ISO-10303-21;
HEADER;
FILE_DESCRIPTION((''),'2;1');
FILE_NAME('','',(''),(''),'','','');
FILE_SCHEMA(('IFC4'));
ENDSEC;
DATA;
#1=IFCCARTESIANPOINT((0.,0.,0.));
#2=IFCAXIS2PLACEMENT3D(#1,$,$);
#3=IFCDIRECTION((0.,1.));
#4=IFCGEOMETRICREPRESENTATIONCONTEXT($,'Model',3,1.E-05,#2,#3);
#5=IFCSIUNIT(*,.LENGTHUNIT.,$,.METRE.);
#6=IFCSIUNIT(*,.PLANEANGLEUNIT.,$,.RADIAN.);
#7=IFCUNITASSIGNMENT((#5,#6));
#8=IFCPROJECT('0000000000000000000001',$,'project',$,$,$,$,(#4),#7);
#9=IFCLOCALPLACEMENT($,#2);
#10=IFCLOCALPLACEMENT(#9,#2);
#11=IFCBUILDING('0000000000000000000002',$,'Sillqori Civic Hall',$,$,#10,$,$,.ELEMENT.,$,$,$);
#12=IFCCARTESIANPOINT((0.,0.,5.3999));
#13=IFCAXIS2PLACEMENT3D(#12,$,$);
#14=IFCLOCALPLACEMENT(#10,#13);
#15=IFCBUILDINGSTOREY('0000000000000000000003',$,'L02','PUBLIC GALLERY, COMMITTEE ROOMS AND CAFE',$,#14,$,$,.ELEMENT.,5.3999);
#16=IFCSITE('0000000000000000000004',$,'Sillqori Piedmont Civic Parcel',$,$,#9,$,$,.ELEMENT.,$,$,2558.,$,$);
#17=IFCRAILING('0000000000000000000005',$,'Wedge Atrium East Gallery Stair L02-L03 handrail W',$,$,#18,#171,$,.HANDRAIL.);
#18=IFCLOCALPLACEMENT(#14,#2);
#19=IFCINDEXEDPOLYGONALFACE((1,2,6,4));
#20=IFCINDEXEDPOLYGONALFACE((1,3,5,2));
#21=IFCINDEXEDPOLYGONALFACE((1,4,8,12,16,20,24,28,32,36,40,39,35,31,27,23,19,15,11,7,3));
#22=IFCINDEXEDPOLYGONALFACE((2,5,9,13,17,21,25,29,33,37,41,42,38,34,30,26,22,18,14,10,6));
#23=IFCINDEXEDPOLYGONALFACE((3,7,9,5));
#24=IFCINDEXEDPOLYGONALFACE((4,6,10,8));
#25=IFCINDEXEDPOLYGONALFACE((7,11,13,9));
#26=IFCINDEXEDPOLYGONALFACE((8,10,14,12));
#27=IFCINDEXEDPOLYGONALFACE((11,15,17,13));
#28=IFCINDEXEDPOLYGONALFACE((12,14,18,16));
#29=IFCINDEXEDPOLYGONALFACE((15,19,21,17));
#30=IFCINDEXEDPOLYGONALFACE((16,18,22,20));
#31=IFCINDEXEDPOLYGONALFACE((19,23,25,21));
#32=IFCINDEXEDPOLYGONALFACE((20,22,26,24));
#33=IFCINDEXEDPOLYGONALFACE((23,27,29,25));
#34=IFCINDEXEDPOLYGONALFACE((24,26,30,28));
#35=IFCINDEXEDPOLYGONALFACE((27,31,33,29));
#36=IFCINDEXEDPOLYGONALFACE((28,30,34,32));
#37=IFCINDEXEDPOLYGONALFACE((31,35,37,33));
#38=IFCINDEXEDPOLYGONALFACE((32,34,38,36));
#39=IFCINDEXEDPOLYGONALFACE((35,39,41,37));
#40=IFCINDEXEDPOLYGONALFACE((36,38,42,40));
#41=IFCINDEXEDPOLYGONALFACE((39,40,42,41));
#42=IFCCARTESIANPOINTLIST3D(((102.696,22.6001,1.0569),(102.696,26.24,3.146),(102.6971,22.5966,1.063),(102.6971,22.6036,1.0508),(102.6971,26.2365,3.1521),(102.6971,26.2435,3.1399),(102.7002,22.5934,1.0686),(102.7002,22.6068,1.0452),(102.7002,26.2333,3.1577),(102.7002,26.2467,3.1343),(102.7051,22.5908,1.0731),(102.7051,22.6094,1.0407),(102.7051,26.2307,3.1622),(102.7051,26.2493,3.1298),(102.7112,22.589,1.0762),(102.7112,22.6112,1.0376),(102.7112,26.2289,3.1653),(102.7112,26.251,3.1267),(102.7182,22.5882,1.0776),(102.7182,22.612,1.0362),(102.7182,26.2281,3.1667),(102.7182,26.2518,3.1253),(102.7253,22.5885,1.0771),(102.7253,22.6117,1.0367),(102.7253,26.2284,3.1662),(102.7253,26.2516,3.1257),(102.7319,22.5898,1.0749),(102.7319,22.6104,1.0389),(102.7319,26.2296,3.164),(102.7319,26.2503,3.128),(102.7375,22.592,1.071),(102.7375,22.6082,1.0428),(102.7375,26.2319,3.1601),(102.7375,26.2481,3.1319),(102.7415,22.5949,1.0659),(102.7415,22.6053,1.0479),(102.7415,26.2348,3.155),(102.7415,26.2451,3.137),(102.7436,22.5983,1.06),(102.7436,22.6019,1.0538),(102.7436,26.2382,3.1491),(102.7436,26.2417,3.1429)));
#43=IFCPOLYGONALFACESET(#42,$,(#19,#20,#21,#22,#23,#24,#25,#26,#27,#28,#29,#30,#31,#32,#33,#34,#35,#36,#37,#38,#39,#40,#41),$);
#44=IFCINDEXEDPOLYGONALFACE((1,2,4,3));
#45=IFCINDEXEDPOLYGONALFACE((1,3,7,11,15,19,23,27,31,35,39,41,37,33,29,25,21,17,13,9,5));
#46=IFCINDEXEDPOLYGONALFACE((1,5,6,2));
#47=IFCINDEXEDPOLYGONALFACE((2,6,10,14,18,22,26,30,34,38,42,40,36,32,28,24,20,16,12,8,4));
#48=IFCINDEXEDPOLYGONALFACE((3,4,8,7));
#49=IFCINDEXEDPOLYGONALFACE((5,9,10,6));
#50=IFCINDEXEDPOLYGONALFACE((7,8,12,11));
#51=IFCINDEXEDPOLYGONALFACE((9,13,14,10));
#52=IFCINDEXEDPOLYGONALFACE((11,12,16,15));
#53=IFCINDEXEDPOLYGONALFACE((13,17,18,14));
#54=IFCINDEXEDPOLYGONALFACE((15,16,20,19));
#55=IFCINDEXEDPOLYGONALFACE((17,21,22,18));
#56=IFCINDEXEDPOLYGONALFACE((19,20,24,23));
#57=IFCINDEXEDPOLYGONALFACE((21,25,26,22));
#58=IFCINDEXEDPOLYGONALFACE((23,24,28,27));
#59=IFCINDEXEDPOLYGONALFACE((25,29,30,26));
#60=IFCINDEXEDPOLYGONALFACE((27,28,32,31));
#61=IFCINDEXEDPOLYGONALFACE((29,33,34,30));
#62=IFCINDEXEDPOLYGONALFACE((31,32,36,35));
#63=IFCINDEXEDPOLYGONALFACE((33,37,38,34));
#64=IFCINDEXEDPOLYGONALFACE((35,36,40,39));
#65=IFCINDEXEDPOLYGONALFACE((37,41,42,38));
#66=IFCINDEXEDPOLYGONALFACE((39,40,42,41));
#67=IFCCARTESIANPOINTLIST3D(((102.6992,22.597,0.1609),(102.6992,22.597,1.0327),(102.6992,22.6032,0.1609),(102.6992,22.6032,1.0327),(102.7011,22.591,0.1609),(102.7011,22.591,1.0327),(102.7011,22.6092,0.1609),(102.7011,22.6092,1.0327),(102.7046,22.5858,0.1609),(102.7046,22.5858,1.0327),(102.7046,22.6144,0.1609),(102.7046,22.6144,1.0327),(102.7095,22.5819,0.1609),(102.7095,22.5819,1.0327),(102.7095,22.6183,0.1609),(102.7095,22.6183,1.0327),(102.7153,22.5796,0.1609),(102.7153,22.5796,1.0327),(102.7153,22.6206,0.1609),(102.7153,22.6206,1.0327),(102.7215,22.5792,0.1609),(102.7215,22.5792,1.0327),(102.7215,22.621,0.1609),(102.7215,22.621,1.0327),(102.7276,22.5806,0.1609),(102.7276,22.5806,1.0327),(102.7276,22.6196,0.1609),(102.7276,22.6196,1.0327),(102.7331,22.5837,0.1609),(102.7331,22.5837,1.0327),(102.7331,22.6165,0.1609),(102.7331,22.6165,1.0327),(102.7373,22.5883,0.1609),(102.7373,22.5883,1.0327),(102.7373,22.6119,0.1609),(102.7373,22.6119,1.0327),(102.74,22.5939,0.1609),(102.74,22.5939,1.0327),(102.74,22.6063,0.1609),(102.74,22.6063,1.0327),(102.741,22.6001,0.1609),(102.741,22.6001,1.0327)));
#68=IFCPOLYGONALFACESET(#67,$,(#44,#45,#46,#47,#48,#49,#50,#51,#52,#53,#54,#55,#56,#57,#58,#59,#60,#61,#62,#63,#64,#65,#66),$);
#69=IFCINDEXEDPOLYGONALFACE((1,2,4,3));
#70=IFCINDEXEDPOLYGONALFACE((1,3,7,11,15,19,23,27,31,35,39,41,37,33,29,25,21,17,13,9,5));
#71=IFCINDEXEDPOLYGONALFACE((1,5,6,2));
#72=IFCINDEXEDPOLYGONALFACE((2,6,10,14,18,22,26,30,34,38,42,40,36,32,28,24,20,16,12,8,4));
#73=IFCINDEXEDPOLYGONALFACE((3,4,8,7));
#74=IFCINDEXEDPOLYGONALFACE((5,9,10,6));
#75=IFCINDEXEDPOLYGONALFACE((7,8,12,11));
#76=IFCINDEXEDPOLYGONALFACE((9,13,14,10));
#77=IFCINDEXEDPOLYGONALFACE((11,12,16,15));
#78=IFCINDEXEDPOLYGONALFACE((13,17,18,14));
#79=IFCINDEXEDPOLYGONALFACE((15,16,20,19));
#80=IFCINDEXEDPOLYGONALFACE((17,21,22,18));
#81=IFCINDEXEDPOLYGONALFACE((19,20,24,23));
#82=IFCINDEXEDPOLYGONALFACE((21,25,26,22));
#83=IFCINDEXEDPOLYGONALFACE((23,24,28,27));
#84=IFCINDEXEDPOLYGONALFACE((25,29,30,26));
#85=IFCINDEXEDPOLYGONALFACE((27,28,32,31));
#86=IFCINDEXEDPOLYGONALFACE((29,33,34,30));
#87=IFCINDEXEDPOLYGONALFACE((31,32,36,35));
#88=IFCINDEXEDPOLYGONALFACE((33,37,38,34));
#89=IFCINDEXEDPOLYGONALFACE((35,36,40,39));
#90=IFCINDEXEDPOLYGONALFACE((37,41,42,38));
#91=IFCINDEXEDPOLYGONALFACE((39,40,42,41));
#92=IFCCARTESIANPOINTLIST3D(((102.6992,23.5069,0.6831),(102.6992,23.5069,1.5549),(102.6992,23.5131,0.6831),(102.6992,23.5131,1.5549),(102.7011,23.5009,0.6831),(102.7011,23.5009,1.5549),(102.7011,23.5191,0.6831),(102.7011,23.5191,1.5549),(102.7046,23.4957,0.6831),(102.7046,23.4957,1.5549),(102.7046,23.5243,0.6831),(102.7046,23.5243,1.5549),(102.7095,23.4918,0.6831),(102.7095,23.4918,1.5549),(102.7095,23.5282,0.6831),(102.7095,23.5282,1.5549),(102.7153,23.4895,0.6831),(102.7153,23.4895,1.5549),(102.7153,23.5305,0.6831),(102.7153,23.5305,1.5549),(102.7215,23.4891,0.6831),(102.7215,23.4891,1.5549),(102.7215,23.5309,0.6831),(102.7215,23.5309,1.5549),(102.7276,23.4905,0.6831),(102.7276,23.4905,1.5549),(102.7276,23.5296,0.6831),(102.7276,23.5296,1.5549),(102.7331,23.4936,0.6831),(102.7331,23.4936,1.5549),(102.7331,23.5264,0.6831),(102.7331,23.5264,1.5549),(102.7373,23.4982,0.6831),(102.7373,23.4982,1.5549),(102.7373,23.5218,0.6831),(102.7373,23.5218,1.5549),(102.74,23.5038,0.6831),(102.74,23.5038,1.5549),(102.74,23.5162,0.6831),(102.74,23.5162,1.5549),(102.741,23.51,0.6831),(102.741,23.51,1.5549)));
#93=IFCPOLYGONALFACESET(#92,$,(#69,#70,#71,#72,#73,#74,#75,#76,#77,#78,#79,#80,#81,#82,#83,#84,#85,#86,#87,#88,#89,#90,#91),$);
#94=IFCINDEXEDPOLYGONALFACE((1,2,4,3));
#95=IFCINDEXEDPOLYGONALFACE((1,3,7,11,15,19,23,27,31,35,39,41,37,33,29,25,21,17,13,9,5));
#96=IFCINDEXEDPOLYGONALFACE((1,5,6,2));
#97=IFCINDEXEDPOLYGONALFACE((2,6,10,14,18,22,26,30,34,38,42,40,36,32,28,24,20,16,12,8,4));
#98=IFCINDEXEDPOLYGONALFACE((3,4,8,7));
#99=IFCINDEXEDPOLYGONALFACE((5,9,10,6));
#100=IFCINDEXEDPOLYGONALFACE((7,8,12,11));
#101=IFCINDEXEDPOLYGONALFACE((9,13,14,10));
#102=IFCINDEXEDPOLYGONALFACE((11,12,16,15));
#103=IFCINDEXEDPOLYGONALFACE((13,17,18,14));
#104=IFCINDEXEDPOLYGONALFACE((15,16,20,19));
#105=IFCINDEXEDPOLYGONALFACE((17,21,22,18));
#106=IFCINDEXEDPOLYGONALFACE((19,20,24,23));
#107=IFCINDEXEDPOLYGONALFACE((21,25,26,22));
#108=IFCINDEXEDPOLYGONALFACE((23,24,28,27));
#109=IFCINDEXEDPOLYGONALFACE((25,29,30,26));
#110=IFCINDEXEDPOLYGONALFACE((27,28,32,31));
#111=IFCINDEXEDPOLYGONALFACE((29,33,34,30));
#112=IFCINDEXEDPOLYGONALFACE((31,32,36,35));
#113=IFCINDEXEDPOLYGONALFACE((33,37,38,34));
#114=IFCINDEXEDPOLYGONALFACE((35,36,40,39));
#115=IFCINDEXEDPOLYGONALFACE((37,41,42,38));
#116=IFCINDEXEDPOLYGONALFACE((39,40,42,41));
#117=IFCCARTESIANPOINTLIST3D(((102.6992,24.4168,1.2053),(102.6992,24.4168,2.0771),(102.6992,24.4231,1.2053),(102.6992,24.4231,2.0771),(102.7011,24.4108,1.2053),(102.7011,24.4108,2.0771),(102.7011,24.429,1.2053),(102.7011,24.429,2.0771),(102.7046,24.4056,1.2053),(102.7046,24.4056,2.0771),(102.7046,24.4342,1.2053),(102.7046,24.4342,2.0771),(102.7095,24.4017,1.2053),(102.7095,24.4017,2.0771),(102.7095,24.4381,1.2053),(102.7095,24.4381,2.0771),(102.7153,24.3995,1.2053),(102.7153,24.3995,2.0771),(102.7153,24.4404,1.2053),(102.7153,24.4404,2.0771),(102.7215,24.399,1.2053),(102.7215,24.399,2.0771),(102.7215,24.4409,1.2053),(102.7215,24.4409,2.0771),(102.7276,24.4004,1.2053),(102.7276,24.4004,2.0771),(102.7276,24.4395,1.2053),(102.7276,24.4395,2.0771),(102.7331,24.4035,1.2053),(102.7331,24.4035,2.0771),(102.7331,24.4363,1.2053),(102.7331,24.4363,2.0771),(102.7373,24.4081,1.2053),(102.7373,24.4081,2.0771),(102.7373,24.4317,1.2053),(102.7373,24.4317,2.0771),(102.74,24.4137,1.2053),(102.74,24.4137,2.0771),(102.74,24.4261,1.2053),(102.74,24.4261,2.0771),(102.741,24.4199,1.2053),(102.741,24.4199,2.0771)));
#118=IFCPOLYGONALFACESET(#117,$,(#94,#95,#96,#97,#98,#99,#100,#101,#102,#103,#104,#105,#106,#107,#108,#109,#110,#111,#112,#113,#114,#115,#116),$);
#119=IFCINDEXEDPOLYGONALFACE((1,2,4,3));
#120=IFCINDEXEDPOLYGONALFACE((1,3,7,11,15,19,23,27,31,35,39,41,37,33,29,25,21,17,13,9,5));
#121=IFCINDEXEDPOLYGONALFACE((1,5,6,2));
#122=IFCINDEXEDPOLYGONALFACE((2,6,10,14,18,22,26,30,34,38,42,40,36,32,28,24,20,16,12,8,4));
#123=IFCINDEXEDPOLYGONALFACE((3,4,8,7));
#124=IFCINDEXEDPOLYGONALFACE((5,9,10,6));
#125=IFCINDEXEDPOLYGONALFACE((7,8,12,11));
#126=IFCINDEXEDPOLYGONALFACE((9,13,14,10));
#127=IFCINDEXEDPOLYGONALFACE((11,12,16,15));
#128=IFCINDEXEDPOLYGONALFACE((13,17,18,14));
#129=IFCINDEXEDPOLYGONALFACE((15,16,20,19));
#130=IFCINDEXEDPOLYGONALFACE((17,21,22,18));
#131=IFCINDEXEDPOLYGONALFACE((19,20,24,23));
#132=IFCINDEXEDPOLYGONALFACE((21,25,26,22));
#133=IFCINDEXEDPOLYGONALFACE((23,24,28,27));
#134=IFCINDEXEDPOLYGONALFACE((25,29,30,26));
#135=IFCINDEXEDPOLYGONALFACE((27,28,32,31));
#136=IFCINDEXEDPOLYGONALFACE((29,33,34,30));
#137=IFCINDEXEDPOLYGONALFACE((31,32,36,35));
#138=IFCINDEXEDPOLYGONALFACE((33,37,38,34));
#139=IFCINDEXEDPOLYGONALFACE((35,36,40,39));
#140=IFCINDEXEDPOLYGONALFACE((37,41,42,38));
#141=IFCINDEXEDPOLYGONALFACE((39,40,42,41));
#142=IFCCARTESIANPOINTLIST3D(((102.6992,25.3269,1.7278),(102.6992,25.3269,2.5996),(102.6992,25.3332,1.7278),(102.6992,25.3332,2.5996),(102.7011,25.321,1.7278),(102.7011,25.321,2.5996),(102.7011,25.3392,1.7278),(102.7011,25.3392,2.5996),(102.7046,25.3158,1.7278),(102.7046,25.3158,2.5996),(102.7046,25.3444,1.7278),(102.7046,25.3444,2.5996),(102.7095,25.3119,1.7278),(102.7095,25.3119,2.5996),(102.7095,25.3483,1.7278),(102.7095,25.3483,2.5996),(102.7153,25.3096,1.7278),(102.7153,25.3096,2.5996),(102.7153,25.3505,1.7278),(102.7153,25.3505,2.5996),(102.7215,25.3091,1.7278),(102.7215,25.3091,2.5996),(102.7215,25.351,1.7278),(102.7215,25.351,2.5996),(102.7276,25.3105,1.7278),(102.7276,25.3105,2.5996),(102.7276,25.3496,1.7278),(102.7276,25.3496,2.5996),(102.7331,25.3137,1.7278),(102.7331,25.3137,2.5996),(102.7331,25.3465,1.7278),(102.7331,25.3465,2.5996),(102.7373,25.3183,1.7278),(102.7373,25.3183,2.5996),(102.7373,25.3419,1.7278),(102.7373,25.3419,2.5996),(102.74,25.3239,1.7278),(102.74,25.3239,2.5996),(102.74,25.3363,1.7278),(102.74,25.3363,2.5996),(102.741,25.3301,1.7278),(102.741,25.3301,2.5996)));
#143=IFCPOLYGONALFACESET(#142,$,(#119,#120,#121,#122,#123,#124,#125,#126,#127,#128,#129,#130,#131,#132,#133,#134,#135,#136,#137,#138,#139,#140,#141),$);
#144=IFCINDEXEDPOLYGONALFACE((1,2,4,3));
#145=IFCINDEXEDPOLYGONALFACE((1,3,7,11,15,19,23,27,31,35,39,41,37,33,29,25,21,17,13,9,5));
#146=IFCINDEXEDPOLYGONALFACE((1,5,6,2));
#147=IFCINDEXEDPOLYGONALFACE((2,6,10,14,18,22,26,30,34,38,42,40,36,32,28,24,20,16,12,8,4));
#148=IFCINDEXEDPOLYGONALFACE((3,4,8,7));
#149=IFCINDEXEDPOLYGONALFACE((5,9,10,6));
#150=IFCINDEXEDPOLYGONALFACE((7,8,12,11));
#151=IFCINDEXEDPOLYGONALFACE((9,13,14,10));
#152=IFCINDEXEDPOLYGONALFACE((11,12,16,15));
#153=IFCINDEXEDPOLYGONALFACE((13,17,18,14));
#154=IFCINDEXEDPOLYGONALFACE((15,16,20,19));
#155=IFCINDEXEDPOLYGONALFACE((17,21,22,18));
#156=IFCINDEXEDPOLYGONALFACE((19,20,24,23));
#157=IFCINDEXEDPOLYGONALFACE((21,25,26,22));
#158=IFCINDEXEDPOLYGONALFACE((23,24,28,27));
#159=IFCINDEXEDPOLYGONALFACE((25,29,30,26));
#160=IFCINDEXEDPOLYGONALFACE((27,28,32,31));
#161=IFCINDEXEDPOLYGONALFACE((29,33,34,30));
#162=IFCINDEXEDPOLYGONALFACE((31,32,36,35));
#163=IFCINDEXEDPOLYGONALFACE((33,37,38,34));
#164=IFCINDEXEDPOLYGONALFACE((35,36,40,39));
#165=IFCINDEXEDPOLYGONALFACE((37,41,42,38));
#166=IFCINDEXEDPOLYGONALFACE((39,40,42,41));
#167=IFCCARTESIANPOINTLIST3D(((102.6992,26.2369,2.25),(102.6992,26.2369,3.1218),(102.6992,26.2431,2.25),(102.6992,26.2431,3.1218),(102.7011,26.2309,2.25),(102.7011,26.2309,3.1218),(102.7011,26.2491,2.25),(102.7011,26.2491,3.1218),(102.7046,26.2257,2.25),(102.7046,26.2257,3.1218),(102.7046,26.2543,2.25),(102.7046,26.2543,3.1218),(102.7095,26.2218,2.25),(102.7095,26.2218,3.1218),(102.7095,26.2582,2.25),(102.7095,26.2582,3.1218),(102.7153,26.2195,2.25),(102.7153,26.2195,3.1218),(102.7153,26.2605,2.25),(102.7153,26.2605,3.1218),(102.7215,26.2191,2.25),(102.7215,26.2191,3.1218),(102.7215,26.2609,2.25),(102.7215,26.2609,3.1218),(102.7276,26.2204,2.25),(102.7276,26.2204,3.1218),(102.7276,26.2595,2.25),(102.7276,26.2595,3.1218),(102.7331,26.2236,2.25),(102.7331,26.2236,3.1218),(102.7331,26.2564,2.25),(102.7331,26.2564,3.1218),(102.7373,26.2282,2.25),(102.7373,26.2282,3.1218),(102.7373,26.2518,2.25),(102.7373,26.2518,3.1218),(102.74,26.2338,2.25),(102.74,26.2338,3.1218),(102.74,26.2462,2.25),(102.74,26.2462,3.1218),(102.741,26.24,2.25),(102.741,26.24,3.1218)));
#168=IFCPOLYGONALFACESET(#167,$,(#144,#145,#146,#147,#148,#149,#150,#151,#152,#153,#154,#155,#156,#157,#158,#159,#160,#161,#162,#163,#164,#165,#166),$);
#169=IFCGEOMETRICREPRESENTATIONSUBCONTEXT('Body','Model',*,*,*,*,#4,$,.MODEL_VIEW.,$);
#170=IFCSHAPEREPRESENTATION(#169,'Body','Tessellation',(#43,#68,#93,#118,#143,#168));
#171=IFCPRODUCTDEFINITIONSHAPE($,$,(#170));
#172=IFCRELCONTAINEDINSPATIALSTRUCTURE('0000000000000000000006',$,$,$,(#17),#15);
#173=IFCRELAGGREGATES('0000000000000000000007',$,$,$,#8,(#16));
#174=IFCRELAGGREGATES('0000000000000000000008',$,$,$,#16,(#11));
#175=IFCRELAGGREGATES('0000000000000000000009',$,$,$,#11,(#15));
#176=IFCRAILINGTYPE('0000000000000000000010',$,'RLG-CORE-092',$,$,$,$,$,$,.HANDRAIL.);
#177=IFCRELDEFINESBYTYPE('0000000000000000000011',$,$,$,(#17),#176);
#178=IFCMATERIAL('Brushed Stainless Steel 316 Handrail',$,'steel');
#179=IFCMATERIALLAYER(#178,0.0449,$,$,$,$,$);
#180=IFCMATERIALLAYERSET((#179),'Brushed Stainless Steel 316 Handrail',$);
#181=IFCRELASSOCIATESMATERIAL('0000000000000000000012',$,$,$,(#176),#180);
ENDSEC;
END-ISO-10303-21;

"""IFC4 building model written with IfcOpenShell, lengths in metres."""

from ifc_helpers import new_model, si_unit, direction, frame, origin, origin_2d, place, context, subcontext, project, spatial, circle, extrude, material, layer, layer_set, type_object, element, save


model = new_model("IFC4")

# Units and contexts
model_context = context("Model", 3, precision=1e-05, world=origin(), true_north=direction((0.0, 1.0)))
body_context = subcontext(model_context, "Body", "Model", "MODEL_VIEW")
ifc_project = project(units=[si_unit("LENGTHUNIT", "METRE"), si_unit("PLANEANGLEUNIT", "RADIAN")], contexts=[model_context])

# Site, building, storey
site_placement = place(None, origin())
site = spatial("IfcSite", under=ifc_project, at=site_placement, Name="Sillqori Piedmont Civic Parcel", CompositionType="ELEMENT", RefElevation=2558.0)
building_placement = place(site_placement, origin())
building = spatial("IfcBuilding", under=site, at=building_placement, Name="Sillqori Civic Hall", CompositionType="ELEMENT")
storey_placement = place(building_placement, frame((0.0, 0.0, 5.3999)))
storey = spatial("IfcBuildingStorey", under=building, at=storey_placement, Name="L02", Description="PUBLIC GALLERY, COMMITTEE ROOMS AND CAFE", CompositionType="ELEMENT", Elevation=5.3999)

# Railing
ifc_material_1 = material(Name="Brushed Stainless Steel 316 Handrail", Category="steel")
ifc_layer_1 = layer(ifc_material_1, 0.0449)
ifc_layer_set_1 = layer_set([ifc_layer_1], Name="Brushed Stainless Steel 316 Handrail")
railing_type_1 = type_object("IfcRailingType", Name="RLG-CORE-092", PredefinedType="HANDRAIL", material=ifc_layer_set_1)
railing_1_placement = place(storey_placement, frame((102.72, 22.6001, 0.1609)))
element("IfcRailing", 1, at=railing_1_placement, inside=storey, type_object=railing_type_1, Name="Wedge Atrium East Gallery Stair L02-L03 handrail W", PredefinedType="HANDRAIL", context=body_context, shape_type="SweptSolid", body=[
    extrude(circle(Radius=0.0239, at=origin_2d()), frame((0.0, 0.0, 0.896), z_axis=(0.0, 0.8673, 0.497786), x_axis=(-1.0, 0.0, 0.0)), (0.0, 0.0, 1.0), 4.1968),
    extrude(circle(Radius=0.021, at=origin_2d()), origin(), (0.0, 0.0, 1.0), 0.8718),
    extrude(circle(Radius=0.021, at=origin_2d()), frame((0.0, 0.9099, 0.5222)), (0.0, 0.0, 1.0), 0.8718),
    extrude(circle(Radius=0.021, at=origin_2d()), frame((0.0, 1.8198, 1.0444)), (0.0, 0.0, 1.0), 0.8718),
    extrude(circle(Radius=0.021, at=origin_2d()), frame((0.0, 2.73, 1.5669)), (0.0, 0.0, 1.0), 0.8718),
    extrude(circle(Radius=0.021, at=origin_2d()), frame((0.0, 3.6399, 2.0891)), (0.0, 0.0, 1.0), 0.8718),
])

save(model, "model.ifc")
